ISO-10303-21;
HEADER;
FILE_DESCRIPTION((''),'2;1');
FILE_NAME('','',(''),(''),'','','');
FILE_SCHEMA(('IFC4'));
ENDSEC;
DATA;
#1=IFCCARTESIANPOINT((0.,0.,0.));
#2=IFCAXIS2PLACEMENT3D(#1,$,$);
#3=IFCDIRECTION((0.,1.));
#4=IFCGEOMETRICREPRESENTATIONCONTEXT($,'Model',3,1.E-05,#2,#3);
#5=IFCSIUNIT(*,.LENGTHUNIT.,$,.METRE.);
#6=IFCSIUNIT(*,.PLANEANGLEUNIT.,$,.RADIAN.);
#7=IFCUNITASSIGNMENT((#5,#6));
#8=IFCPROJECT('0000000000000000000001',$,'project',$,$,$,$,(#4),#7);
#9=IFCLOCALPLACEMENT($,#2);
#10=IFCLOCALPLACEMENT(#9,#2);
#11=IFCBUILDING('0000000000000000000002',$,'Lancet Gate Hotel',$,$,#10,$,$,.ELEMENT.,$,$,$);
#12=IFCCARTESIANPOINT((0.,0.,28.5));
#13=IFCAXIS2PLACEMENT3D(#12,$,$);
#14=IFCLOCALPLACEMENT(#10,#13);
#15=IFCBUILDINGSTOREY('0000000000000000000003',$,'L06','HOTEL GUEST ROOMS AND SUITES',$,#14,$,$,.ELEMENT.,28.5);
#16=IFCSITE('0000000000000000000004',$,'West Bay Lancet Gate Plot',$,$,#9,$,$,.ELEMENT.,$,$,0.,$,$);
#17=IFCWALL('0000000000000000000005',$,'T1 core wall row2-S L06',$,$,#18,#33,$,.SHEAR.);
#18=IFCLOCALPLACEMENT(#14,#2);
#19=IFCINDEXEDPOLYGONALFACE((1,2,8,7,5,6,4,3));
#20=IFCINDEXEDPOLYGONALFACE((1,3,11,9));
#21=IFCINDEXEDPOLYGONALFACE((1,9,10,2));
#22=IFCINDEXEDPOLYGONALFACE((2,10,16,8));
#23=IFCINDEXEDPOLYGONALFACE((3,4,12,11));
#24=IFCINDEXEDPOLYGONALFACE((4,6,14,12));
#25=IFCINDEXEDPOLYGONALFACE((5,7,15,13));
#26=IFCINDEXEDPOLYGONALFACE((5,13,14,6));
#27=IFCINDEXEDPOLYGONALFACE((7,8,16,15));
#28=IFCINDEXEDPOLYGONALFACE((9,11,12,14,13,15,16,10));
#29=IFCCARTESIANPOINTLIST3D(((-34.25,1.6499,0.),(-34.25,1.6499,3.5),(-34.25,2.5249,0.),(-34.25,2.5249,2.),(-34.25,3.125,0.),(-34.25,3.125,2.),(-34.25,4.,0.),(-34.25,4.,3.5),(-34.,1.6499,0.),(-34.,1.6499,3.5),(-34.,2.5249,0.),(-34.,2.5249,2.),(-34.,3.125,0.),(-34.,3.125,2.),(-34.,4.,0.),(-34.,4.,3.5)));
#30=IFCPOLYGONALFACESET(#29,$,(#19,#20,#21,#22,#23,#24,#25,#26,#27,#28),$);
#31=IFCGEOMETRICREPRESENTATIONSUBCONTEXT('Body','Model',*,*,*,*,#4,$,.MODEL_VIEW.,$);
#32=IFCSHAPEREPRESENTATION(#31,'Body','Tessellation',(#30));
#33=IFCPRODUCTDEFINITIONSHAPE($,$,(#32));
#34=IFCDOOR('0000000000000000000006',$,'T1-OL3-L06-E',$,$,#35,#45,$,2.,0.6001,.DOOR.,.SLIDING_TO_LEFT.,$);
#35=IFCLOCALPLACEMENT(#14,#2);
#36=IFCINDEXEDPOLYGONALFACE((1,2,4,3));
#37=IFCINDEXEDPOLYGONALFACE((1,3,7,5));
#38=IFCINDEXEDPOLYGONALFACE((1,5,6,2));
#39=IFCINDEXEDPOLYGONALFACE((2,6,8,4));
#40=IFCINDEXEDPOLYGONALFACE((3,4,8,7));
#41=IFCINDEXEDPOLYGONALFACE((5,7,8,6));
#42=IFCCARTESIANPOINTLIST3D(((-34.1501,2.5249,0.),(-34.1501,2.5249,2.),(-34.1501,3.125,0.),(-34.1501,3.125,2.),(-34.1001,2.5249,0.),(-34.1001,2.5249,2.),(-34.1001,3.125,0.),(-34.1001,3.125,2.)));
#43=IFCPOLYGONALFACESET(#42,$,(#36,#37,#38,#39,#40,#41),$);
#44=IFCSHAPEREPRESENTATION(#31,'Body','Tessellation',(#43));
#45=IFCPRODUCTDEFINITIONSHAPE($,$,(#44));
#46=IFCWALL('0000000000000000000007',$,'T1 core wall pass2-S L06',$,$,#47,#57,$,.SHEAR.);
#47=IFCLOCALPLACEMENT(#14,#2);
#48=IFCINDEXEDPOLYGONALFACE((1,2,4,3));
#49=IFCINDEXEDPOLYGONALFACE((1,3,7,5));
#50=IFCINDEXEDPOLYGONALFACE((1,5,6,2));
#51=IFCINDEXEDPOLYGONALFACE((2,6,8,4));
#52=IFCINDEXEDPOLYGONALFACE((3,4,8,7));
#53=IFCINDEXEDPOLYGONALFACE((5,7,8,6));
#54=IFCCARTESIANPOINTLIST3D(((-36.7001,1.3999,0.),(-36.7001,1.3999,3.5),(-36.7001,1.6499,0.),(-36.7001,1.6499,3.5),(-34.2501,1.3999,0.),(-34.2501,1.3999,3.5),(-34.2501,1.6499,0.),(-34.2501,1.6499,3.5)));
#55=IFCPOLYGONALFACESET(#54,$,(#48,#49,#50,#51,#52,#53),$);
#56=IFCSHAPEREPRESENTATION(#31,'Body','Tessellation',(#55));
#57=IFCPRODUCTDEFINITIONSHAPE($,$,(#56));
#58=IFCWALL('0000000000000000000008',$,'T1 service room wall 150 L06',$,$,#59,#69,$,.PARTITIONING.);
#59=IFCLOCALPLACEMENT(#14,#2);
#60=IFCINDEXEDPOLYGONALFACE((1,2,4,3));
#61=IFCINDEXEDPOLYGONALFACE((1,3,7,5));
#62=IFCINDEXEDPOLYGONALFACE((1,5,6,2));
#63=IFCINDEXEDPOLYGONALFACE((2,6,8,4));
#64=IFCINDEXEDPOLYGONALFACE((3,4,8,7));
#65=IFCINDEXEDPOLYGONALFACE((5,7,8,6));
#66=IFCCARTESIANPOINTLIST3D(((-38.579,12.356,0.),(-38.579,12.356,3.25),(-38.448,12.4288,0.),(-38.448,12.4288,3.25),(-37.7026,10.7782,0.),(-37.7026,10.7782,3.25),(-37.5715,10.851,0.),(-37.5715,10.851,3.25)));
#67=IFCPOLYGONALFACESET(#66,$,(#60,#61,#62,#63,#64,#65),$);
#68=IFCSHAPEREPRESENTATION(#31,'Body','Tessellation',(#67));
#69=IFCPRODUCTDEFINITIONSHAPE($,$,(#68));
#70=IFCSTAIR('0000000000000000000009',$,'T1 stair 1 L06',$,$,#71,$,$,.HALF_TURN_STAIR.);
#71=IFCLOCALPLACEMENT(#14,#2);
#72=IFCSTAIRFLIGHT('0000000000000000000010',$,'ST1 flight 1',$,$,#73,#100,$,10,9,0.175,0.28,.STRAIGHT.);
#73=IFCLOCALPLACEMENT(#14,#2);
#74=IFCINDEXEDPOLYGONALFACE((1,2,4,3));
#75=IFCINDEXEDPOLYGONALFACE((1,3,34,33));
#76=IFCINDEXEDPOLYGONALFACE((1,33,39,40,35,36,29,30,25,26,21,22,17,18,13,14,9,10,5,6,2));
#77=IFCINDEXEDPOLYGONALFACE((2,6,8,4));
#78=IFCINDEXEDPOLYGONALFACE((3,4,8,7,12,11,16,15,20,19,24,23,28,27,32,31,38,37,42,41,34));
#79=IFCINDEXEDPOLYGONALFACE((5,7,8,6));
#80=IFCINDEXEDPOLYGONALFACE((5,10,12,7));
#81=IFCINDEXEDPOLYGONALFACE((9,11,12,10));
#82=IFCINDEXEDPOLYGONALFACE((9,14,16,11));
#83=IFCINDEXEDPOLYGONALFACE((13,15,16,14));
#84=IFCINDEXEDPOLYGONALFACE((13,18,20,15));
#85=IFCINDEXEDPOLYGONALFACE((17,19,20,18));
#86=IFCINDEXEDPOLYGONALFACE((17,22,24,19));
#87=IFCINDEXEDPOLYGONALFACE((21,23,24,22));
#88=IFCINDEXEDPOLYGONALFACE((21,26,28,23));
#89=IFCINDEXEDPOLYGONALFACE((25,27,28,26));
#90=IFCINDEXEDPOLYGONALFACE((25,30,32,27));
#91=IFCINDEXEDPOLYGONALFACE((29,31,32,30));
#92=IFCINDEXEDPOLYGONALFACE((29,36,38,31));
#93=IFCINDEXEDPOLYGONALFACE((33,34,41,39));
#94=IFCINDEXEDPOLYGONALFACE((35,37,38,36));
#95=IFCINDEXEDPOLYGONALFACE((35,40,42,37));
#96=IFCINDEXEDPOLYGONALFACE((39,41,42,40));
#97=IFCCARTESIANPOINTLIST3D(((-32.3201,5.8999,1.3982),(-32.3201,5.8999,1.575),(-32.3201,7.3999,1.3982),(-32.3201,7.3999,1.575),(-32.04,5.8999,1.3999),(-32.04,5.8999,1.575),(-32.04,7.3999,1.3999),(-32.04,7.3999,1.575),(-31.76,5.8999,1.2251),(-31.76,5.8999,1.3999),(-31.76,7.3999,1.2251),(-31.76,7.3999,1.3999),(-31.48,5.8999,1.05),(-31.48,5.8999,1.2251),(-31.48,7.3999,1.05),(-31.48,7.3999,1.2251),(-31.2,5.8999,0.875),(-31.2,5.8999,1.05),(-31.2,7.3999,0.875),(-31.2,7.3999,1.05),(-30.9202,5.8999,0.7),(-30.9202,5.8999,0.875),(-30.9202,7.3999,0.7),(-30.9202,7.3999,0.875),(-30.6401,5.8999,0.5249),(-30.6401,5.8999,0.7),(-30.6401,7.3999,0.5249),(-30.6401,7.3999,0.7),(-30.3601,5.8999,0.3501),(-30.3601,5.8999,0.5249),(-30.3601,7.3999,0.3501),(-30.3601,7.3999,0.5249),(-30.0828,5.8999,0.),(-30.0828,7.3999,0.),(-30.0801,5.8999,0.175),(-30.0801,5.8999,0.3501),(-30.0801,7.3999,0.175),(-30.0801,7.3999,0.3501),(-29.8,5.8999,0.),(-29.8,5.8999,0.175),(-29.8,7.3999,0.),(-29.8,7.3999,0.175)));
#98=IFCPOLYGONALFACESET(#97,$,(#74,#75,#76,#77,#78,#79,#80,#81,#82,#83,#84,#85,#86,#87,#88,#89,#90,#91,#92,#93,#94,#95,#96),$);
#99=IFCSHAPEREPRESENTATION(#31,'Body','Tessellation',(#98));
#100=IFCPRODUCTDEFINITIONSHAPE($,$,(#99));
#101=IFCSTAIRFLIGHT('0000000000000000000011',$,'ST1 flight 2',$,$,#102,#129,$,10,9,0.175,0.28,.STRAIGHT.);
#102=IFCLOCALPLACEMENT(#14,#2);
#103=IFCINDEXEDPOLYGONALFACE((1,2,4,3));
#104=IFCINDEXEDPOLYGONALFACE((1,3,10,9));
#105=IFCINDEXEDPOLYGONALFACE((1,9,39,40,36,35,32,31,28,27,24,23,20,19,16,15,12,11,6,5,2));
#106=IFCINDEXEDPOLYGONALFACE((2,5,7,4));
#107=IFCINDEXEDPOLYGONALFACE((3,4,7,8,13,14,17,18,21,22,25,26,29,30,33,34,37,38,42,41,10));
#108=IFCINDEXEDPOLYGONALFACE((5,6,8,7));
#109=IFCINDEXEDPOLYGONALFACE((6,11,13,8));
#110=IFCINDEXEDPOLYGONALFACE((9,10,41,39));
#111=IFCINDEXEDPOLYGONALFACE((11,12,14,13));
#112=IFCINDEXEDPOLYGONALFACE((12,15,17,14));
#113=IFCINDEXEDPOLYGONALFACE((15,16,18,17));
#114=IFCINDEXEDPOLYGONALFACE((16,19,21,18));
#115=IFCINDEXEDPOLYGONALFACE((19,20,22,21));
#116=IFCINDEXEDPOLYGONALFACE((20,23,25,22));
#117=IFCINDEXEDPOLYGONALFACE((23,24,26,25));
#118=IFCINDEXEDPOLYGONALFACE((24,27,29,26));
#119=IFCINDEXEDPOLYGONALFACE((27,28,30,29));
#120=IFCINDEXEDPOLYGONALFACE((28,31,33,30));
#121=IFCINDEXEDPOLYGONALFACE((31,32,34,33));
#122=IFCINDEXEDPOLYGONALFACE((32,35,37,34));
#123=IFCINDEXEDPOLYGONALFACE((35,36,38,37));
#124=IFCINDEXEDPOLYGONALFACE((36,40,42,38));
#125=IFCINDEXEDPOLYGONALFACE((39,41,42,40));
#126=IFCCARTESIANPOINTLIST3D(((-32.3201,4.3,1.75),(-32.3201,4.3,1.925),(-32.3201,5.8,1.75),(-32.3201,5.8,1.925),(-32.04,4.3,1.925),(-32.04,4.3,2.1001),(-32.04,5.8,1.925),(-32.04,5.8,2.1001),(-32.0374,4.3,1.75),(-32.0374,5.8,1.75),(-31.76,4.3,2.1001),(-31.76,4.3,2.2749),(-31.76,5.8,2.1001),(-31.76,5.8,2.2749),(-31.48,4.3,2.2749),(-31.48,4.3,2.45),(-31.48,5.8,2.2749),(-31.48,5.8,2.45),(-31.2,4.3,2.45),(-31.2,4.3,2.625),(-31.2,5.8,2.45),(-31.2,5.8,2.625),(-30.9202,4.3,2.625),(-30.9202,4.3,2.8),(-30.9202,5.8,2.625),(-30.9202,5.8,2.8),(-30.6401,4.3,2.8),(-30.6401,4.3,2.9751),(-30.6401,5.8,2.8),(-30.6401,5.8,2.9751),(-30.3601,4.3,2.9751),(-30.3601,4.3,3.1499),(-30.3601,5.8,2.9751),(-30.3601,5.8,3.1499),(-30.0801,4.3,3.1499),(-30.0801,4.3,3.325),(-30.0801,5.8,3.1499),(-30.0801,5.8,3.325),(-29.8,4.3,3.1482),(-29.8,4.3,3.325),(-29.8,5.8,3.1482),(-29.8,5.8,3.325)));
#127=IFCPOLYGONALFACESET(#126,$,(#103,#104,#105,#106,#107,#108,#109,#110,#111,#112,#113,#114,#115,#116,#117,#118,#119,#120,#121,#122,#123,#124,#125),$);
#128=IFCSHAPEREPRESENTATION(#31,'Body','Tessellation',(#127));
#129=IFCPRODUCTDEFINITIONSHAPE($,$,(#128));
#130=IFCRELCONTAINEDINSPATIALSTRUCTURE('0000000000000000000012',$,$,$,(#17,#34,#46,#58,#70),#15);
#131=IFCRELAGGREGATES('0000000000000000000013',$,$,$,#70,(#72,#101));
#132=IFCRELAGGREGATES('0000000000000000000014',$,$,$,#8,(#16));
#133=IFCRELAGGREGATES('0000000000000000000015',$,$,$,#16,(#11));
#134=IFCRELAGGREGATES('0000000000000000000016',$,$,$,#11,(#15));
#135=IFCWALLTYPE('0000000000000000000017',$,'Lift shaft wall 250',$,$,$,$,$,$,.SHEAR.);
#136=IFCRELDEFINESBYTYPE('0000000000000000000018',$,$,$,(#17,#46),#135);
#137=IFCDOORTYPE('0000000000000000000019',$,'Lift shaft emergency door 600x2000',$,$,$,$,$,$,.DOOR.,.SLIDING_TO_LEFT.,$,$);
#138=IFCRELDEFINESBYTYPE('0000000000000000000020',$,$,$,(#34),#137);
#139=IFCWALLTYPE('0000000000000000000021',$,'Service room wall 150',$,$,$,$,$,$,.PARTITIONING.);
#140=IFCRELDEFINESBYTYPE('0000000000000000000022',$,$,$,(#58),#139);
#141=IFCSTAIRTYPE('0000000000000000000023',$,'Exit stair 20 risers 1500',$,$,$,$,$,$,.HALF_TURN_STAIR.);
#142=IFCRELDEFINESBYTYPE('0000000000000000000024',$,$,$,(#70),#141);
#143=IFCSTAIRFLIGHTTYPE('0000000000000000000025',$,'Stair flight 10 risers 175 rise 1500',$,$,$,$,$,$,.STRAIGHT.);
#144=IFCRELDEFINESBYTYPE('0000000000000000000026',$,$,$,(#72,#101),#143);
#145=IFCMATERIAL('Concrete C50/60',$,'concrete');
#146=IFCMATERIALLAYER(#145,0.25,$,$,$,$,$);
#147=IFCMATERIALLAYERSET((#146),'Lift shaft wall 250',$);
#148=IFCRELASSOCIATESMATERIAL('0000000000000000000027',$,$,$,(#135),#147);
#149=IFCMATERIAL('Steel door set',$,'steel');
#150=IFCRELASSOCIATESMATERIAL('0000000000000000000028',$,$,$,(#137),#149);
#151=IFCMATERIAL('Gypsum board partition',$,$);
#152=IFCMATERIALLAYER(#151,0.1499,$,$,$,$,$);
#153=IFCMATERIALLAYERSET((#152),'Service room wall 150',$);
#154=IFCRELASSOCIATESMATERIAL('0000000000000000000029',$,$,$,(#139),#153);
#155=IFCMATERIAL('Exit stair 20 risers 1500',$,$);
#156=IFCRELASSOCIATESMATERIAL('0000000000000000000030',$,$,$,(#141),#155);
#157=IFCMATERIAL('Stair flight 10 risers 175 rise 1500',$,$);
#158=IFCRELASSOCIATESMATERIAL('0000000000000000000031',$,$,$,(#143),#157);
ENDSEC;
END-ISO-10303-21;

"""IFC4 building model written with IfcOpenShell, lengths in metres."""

from ifc_helpers import new_model, si_unit, direction, frame, frame_2d, origin, place, context, subcontext, project, spatial, polyline, rectangle, outline, extrude, material, layer, layer_set, type_object, element, fill, aggregate, save


model = new_model("IFC4")

# Units and contexts
model_context = context("Model", 3, precision=1e-05, world=origin(), true_north=direction((0.0, 1.0)))
body_context = subcontext(model_context, "Body", "Model", "MODEL_VIEW")
ifc_project = project(units=[si_unit("LENGTHUNIT", "METRE"), si_unit("PLANEANGLEUNIT", "RADIAN")], contexts=[model_context])

# Site, building, storey
site_placement = place(None, origin())
site = spatial("IfcSite", under=ifc_project, at=site_placement, Name="West Bay Lancet Gate Plot", CompositionType="ELEMENT", RefElevation=0.0)
building_placement = place(site_placement, origin())
building = spatial("IfcBuilding", under=site, at=building_placement, Name="Lancet Gate Hotel", CompositionType="ELEMENT")
storey_placement = place(building_placement, frame((0.0, 0.0, 28.5)))
storey = spatial("IfcBuildingStorey", under=building, at=storey_placement, Name="L06", Description="HOTEL GUEST ROOMS AND SUITES", CompositionType="ELEMENT", Elevation=28.5)

# Wall, opening, door
ifc_material_1 = material(Name="Concrete C50/60", Category="concrete")
ifc_layer_1 = layer(ifc_material_1, 0.25)
ifc_layer_set_1 = layer_set([ifc_layer_1], Name="Lift shaft wall 250")
wall_type_1 = type_object("IfcWallType", Name="Lift shaft wall 250", PredefinedType="SHEAR", material=ifc_layer_set_1)
wall_1_placement = place(storey_placement, frame((-34.125, 4.0, 0.0), z_axis=(0.0, 0.0, 1.0), x_axis=(0.0, -1.0, 0.0)))
wall_1 = element("IfcWall", 1, at=wall_1_placement, inside=storey, type_object=wall_type_1, Name="T1 core wall row2-S L06", PredefinedType="SHEAR", context=body_context, shape_type="SweptSolid", body=[
    extrude(rectangle(XDim=2.3501, YDim=0.25, at=frame_2d((1.175, 0.0))), origin(), (0.0, 0.0, 1.0), 3.5),
])
opening_1_placement = place(wall_1_placement, frame((0.875, 0.0, 0.0)))
opening_1 = element("IfcOpeningElement", 2, at=opening_1_placement, cuts=wall_1, PredefinedType="OPENING", context=body_context, shape_type="SweptSolid", body=[
    extrude(rectangle(XDim=0.6001, YDim=2.0, at=frame_2d((0.3, 1.0))), frame((0.0, 0.135, 0.0), z_axis=(0.0, -1.0, 0.0), x_axis=(1.0, 0.0, 0.0)), (0.0, 0.0, 1.0), 0.27),
])
ifc_material_2 = material(Name="Steel door set", Category="steel")
door_type_1 = type_object("IfcDoorType", Name="Lift shaft emergency door 600x2000", OperationType="SLIDING_TO_LEFT", PredefinedType="DOOR", material=ifc_material_2)
door_1_placement = place(opening_1_placement, origin())
door_1 = element("IfcDoor", 3, at=door_1_placement, inside=storey, type_object=door_type_1, Name="T1-OL3-L06-E", OperationType="SLIDING_TO_LEFT", OverallHeight=2.0, OverallWidth=0.6001, PredefinedType="DOOR", context=body_context, shape_type="SweptSolid", body=[
    extrude(rectangle(XDim=0.6001, YDim=2.0, at=frame_2d((0.3, 1.0))), frame((0.0, 0.0249, 0.0), z_axis=(0.0, -1.0, 0.0), x_axis=(1.0, 0.0, 0.0)), (0.0, 0.0, 1.0), 0.05),
])
fill(opening_1, door_1)

# Walls
wall_2_placement = place(storey_placement, frame((-34.25, 1.5249, 0.0), z_axis=(0.0, 0.0, 1.0), x_axis=(-1.0, 0.0, 0.0)))
element("IfcWall", 4, at=wall_2_placement, inside=storey, type_object=wall_type_1, Name="T1 core wall pass2-S L06", PredefinedType="SHEAR", context=body_context, shape_type="SweptSolid", body=[
    extrude(rectangle(XDim=2.45, YDim=0.25, at=frame_2d((1.2251, 0.0))), origin(), (0.0, 0.0, 1.0), 3.5),
])
ifc_material_3 = material(Name="Gypsum board partition")
ifc_layer_2 = layer(ifc_material_3, 0.1499)
ifc_layer_set_2 = layer_set([ifc_layer_2], Name="Service room wall 150")
wall_type_2 = type_object("IfcWallType", Name="Service room wall 150", PredefinedType="PARTITIONING", material=ifc_layer_set_2)
wall_3_placement = place(storey_placement, frame((-38.5134, 12.3923, 0.0), z_axis=(0.0, 0.0, 1.0), x_axis=(0.485586, -0.874189, 0.0)))
element("IfcWall", 5, at=wall_3_placement, inside=storey, type_object=wall_type_2, Name="T1 service room wall 150 L06", PredefinedType="PARTITIONING", context=body_context, shape_type="SweptSolid", body=[
    extrude(rectangle(XDim=1.8049, YDim=0.1499, at=frame_2d((0.9023, 0.0))), origin(), (0.0, 0.0, 1.0), 3.25),
])

# Stair, stair flights
ifc_material_4 = material(Name="Exit stair 20 risers 1500")
stair_type = type_object("IfcStairType", Name="Exit stair 20 risers 1500", PredefinedType="HALF_TURN_STAIR", material=ifc_material_4)
stair_placement = place(storey_placement, origin())
stair = element("IfcStair", 6, at=stair_placement, inside=storey, type_object=stair_type, Name="T1 stair 1 L06", PredefinedType="HALF_TURN_STAIR")
ifc_material_5 = material(Name="Stair flight 10 risers 175 rise 1500")
stair_flight_type = type_object("IfcStairFlightType", Name="Stair flight 10 risers 175 rise 1500", PredefinedType="STRAIGHT", material=ifc_material_5)
stair_flight_1_placement = place(storey_placement, frame((-29.8, 6.6499, 0.0), z_axis=(0.0, 0.0, 1.0), x_axis=(-1.0, 0.0, 0.0)))
stair_flight_1 = element("IfcStairFlight", 7, at=stair_flight_1_placement, type_object=stair_flight_type, Name="ST1 flight 1", NumberOfRisers=10, NumberOfTreads=9, PredefinedType="STRAIGHT", RiserHeight=0.175, TreadLength=0.28, context=body_context, shape_type="SweptSolid", body=[
    extrude(outline(polyline([(0.0, 0.0), (0.0, 0.175), (0.28, 0.175), (0.28, 0.3501), (0.5601, 0.3501), (0.5601, 0.5249), (0.8401, 0.5249), (0.8401, 0.7), (1.1201, 0.7), (1.1201, 0.875), (1.3999, 0.875), (1.3999, 1.05), (1.6799, 1.05), (1.6799, 1.2251), (1.96, 1.2251), (1.96, 1.3999), (2.24, 1.3999), (2.24, 1.575), (2.52, 1.575), (2.52, 1.75), (2.52, 1.3982), (0.2827, 0.0), (0.0, 0.0)])), frame((0.0, 0.75, 0.0), z_axis=(0.0, -1.0, 0.0), x_axis=(1.0, 0.0, 0.0)), (0.0, 0.0, 1.0), 1.5),
])
stair_flight_2_placement = place(storey_placement, frame((-32.3201, 5.05, 1.75), z_axis=(0.0, 0.0, 1.0), x_axis=(1.0, 0.0, 0.0)))
stair_flight_2 = element("IfcStairFlight", 8, at=stair_flight_2_placement, type_object=stair_flight_type, Name="ST1 flight 2", NumberOfRisers=10, NumberOfTreads=9, PredefinedType="STRAIGHT", RiserHeight=0.175, TreadLength=0.28, context=body_context, shape_type="SweptSolid", body=[
    extrude(outline(polyline([(0.0, 0.0), (0.0, 0.175), (0.28, 0.175), (0.28, 0.3501), (0.5601, 0.3501), (0.5601, 0.5249), (0.8401, 0.5249), (0.8401, 0.7), (1.1201, 0.7), (1.1201, 0.875), (1.3999, 0.875), (1.3999, 1.05), (1.6799, 1.05), (1.6799, 1.2251), (1.96, 1.2251), (1.96, 1.3999), (2.24, 1.3999), (2.24, 1.575), (2.52, 1.575), (2.52, 1.75), (2.52, 1.3982), (0.2827, 0.0), (0.0, 0.0)])), frame((0.0, 0.75, 0.0), z_axis=(0.0, -1.0, 0.0), x_axis=(1.0, 0.0, 0.0)), (0.0, 0.0, 1.0), 1.5),
])
aggregate(stair, [stair_flight_1, stair_flight_2])

save(model, "model.ifc")
